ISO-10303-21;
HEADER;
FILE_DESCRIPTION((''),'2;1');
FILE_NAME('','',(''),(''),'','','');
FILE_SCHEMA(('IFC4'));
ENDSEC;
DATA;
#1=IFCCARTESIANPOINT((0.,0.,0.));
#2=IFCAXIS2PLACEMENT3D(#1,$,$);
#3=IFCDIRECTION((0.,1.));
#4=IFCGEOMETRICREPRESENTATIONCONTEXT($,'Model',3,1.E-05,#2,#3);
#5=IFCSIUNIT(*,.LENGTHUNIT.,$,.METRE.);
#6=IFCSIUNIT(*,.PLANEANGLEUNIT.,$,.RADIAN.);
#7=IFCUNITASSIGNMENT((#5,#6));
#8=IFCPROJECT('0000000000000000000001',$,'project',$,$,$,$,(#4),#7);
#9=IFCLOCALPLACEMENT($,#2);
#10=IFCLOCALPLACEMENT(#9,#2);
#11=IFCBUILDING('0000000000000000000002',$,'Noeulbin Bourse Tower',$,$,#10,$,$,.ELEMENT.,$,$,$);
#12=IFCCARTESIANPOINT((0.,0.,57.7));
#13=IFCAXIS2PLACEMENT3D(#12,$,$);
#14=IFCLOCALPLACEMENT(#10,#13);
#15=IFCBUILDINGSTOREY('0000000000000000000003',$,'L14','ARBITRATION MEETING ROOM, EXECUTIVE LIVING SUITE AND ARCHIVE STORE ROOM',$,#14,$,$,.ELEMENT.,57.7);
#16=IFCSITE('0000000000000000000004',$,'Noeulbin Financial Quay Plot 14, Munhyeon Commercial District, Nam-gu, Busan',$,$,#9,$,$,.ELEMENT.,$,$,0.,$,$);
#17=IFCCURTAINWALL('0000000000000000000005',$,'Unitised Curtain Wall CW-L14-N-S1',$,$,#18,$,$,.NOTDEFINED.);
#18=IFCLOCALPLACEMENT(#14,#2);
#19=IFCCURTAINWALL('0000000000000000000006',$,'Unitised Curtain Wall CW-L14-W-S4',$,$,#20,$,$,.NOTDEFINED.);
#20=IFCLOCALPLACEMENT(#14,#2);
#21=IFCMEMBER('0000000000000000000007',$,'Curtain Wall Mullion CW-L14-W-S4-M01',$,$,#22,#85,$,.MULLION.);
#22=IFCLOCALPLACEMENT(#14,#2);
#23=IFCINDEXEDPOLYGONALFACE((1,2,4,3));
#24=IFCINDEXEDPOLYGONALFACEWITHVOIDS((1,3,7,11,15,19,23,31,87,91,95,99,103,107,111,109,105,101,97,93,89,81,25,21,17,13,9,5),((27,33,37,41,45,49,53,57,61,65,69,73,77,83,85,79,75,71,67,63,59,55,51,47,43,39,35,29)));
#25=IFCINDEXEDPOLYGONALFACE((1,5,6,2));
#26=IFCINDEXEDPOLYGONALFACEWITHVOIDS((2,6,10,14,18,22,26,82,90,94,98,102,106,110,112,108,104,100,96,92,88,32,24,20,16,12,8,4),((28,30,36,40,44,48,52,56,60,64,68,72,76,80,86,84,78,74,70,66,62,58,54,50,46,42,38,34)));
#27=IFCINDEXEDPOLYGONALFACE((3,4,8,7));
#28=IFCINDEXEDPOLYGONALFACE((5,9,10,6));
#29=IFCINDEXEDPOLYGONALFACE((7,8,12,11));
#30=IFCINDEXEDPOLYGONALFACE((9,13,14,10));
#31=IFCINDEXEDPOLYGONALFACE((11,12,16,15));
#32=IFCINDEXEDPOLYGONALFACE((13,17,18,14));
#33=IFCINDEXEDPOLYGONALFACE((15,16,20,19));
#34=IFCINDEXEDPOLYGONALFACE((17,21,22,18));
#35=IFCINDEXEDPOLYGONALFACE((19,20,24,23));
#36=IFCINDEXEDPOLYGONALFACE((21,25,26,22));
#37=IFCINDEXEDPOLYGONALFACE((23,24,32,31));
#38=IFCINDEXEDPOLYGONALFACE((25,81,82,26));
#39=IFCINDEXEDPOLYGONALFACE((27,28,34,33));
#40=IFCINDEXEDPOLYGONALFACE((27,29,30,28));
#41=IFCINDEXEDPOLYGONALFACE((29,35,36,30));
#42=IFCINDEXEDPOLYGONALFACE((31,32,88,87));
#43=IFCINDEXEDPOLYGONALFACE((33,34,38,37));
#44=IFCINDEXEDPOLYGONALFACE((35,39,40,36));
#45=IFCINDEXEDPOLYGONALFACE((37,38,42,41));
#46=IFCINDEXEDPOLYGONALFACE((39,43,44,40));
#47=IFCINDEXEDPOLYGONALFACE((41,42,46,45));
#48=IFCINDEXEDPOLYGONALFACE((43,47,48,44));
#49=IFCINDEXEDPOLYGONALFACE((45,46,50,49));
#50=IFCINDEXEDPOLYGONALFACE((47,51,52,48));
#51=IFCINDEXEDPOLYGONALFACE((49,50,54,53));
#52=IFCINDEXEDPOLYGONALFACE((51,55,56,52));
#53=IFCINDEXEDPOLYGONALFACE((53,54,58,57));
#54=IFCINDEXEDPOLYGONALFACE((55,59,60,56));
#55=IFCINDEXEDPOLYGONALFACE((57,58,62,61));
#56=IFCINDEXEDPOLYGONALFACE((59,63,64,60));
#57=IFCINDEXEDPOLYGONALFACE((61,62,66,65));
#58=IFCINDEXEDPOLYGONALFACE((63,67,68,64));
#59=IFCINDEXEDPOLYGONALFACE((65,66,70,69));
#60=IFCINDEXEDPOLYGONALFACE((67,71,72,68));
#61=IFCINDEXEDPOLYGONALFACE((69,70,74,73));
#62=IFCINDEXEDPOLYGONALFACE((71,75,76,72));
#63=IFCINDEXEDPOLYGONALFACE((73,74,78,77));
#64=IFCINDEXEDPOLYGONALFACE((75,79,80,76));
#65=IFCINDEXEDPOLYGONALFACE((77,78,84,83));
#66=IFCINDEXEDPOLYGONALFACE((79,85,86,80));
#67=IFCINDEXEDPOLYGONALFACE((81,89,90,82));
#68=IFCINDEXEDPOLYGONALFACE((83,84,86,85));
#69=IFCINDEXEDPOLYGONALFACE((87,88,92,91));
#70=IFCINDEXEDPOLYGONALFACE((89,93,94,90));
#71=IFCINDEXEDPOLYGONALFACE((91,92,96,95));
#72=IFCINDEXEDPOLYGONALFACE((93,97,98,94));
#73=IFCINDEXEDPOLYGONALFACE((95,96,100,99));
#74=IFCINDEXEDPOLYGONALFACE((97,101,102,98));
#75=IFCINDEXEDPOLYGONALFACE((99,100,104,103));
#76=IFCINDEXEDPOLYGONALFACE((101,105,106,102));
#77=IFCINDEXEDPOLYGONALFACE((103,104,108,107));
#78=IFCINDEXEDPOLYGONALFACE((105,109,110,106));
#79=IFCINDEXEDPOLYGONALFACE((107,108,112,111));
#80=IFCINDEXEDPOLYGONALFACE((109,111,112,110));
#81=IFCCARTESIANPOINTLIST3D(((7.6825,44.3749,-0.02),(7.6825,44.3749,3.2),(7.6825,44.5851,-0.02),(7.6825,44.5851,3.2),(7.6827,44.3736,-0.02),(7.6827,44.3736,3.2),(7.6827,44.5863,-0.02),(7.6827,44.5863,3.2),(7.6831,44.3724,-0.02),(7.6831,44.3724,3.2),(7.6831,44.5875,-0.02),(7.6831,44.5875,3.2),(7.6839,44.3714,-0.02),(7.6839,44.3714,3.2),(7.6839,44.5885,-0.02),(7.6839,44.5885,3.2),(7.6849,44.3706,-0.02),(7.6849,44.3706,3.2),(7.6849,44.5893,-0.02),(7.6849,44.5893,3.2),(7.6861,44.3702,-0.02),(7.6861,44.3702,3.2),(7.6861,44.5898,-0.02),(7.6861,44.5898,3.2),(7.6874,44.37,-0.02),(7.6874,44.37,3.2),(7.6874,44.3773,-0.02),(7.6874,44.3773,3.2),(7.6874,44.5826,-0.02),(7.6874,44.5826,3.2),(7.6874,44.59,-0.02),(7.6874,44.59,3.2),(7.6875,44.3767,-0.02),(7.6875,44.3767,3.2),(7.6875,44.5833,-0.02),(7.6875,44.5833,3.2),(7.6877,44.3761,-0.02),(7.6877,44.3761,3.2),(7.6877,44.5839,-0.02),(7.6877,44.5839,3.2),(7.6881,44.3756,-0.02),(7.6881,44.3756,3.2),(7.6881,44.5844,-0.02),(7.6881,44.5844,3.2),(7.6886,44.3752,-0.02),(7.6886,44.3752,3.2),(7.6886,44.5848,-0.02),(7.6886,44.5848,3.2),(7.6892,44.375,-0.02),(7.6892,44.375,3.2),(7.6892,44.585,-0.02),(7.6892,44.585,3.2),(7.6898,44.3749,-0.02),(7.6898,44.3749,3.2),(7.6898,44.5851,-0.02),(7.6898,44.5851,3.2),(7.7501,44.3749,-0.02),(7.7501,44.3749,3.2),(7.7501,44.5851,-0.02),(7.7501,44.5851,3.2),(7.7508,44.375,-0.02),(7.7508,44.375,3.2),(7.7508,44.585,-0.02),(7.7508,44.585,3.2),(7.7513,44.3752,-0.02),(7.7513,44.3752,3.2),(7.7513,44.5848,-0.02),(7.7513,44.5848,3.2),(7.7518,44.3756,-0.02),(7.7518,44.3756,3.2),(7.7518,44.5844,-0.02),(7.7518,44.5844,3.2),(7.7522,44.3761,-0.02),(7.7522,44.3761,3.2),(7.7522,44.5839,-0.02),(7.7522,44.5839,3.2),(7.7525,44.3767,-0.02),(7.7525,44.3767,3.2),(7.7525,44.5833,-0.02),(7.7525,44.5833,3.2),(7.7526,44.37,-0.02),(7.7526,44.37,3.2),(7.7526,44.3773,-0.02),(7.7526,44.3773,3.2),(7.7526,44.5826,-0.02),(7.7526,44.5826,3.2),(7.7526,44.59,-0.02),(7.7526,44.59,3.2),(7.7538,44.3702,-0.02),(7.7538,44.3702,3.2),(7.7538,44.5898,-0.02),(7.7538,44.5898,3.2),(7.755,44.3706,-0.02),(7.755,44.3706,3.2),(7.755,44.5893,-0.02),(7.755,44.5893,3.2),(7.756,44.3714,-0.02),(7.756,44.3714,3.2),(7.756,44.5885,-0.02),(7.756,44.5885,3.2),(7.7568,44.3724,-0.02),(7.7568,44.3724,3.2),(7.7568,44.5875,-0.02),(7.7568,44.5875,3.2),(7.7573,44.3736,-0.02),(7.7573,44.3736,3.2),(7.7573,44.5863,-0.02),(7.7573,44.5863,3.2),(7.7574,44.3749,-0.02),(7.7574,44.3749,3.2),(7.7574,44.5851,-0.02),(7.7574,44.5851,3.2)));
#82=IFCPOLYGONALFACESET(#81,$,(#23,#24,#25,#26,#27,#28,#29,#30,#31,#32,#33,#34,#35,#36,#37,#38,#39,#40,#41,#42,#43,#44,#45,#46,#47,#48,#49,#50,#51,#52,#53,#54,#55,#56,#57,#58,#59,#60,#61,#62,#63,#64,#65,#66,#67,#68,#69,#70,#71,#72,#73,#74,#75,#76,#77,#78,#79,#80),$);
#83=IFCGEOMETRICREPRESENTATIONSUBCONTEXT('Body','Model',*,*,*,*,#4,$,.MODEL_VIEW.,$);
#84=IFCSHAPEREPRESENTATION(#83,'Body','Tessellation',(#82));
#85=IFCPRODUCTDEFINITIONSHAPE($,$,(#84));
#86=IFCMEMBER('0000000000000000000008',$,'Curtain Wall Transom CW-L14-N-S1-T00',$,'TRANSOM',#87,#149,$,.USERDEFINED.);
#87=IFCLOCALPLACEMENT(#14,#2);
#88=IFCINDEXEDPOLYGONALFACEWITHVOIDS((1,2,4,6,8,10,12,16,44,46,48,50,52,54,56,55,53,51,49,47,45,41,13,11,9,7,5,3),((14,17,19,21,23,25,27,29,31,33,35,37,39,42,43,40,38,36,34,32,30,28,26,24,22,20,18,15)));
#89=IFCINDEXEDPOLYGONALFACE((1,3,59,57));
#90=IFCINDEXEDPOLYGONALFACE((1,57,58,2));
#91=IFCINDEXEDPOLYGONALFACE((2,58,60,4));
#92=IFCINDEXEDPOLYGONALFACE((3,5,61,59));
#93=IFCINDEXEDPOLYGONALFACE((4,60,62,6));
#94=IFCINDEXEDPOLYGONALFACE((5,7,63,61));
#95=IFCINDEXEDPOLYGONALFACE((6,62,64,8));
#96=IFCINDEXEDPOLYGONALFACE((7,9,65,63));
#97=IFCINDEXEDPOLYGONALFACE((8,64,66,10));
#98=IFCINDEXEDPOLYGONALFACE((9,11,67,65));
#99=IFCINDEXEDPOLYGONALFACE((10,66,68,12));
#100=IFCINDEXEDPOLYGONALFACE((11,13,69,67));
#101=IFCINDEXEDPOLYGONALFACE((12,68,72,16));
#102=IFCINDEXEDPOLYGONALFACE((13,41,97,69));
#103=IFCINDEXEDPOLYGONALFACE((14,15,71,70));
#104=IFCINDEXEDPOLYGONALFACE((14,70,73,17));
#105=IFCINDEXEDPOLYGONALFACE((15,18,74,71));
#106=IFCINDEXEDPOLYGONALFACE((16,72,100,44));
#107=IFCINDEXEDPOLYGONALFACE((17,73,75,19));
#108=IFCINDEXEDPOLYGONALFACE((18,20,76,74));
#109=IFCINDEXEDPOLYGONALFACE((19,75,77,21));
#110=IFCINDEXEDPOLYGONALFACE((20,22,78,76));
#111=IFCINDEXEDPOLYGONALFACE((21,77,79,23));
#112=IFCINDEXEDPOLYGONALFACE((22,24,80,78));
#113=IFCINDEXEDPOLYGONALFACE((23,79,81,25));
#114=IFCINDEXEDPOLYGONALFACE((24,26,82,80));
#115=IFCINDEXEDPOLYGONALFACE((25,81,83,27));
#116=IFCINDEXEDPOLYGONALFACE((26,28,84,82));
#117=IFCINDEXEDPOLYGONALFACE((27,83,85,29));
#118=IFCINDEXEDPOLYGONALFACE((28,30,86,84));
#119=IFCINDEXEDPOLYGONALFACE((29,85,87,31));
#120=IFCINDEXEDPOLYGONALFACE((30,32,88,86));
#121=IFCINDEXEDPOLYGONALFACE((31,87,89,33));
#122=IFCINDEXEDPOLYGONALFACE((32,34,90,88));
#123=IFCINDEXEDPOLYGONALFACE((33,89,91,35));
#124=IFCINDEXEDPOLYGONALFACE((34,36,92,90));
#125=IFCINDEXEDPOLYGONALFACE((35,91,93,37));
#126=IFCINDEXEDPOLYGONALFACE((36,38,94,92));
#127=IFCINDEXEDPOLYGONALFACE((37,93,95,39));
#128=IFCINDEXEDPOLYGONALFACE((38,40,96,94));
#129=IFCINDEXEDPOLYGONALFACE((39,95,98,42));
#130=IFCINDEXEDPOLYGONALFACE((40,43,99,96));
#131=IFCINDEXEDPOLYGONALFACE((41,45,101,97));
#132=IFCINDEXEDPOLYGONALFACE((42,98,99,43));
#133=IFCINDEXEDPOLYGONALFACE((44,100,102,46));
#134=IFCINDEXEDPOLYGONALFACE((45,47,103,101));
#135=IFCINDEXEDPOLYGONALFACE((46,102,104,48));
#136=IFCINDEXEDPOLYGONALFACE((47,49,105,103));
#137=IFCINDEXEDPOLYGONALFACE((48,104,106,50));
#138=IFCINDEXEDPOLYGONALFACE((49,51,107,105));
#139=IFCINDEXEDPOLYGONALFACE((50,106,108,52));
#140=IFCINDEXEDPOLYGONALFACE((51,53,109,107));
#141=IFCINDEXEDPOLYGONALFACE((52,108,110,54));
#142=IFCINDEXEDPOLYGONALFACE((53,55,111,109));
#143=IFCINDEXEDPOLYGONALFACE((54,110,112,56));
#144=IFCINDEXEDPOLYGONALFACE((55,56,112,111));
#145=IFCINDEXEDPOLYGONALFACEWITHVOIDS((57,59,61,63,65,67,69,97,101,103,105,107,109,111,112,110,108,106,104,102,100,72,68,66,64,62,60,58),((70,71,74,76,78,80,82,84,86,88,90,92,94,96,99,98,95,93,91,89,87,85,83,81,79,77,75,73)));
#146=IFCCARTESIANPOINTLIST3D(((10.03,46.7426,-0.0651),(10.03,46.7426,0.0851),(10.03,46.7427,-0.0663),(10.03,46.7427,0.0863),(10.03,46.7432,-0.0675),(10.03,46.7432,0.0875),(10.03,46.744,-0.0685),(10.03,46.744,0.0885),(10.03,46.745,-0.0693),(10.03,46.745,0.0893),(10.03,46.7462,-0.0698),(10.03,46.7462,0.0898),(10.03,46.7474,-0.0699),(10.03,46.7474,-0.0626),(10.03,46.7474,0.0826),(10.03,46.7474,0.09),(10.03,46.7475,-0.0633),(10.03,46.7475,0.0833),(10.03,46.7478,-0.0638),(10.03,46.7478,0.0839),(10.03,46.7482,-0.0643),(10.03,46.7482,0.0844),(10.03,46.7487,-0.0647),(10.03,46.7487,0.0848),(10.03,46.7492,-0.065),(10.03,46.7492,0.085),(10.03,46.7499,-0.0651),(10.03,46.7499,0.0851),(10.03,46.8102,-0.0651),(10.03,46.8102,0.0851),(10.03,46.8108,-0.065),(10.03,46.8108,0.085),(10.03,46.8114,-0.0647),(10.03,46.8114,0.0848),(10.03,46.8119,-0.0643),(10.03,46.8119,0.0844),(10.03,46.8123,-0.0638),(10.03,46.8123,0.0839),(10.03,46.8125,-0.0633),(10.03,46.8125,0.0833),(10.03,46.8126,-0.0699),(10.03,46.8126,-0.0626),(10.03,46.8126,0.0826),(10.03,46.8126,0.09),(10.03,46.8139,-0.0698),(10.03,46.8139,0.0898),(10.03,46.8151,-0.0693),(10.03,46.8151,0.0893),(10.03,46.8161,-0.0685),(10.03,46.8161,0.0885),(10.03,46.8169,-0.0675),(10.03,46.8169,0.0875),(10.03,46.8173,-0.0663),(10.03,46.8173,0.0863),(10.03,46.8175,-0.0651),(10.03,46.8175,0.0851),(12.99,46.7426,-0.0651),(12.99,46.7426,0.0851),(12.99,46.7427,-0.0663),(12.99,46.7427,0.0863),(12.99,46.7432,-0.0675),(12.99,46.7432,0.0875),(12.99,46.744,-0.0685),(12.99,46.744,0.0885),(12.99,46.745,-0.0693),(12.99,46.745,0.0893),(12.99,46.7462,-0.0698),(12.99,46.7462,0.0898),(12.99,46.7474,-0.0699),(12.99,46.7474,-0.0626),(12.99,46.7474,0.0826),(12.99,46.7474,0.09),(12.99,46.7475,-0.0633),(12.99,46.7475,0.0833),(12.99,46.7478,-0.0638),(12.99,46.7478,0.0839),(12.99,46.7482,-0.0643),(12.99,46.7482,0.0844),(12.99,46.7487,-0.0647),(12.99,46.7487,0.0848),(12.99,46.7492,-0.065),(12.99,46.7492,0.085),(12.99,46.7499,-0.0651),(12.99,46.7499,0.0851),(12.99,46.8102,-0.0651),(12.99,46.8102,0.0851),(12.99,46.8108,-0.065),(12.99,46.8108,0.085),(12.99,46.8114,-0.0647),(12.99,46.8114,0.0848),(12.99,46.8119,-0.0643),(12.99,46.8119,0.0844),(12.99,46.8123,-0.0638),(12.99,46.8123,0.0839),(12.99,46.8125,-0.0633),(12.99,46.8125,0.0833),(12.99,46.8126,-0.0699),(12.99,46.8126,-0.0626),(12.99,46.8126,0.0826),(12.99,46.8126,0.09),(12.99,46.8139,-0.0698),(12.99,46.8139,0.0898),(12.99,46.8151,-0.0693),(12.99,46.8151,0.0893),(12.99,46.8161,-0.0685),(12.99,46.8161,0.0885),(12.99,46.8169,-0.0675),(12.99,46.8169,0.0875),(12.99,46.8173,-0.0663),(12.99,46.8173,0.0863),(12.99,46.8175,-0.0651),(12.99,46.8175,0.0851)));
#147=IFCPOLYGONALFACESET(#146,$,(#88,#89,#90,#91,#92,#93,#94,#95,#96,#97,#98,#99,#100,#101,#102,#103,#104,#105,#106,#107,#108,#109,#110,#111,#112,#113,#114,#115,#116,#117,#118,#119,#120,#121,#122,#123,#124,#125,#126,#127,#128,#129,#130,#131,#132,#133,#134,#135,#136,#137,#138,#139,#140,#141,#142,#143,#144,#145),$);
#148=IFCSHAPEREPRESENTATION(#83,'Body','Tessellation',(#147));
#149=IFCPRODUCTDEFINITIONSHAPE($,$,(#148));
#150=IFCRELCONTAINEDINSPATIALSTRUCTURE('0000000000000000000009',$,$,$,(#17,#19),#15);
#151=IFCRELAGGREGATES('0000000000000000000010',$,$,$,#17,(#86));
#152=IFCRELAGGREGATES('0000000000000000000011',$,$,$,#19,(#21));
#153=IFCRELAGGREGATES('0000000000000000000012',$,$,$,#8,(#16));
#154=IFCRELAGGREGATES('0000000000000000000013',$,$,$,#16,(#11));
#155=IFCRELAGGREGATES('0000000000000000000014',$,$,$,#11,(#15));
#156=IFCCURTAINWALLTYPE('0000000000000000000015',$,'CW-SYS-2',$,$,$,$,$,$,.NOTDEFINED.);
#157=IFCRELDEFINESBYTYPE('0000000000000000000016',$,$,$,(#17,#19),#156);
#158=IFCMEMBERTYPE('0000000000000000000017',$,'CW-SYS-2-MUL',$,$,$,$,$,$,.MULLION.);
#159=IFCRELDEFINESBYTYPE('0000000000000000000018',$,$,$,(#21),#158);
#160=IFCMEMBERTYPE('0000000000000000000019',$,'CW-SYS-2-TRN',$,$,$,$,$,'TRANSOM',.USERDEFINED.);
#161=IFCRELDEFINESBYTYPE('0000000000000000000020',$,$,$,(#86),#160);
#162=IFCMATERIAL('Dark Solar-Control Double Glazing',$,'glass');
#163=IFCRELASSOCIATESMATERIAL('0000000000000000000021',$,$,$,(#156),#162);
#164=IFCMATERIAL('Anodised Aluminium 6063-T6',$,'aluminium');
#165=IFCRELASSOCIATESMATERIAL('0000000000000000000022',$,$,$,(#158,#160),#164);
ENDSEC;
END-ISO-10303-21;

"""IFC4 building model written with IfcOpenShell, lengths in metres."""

from ifc_helpers import new_model, si_unit, direction, frame, origin, origin_2d, place, context, subcontext, project, spatial, hollow_rectangle, extrude, material, material_profile, profile_set, type_object, element, aggregate, save


model = new_model("IFC4")

# Units and contexts
model_context = context("Model", 3, precision=1e-05, world=origin(), true_north=direction((0.0, 1.0)))
body_context = subcontext(model_context, "Body", "Model", "MODEL_VIEW")
ifc_project = project(units=[si_unit("LENGTHUNIT", "METRE"), si_unit("PLANEANGLEUNIT", "RADIAN")], contexts=[model_context])

# Site, building, storey
site_placement = place(None, origin())
site = spatial("IfcSite", under=ifc_project, at=site_placement, Name="Noeulbin Financial Quay Plot 14, Munhyeon Commercial District, Nam-gu, Busan", CompositionType="ELEMENT", RefElevation=0.0)
building_placement = place(site_placement, origin())
building = spatial("IfcBuilding", under=site, at=building_placement, Name="Noeulbin Bourse Tower", CompositionType="ELEMENT")
storey_placement = place(building_placement, frame((0.0, 0.0, 57.7)))
storey = spatial("IfcBuildingStorey", under=building, at=storey_placement, Name="L14", Description="ARBITRATION MEETING ROOM, EXECUTIVE LIVING SUITE AND ARCHIVE STORE ROOM", CompositionType="ELEMENT", Elevation=57.7)

# Curtain wall
ifc_material_1 = material(Name="Dark Solar-Control Double Glazing", Category="glass")
curtain_wall_type = type_object("IfcCurtainWallType", Name="CW-SYS-2", PredefinedType="NOTDEFINED", material=ifc_material_1)
curtain_wall_1_placement = place(storey_placement, origin())
curtain_wall_1 = element("IfcCurtainWall", 1, at=curtain_wall_1_placement, inside=storey, type_object=curtain_wall_type, Name="Unitised Curtain Wall CW-L14-N-S1", PredefinedType="NOTDEFINED")
ifc_material_2 = material(Name="Anodised Aluminium 6063-T6", Category="aluminium")
ifc_material_profile_1 = material_profile(ifc_material_2, hollow_rectangle(XDim=0.075, YDim=0.22, WallThickness=0.0049, InnerFilletRadius=0.0024, OuterFilletRadius=0.0049, at=origin_2d()), Name="ALU-MULL-75x220x5", Category="LoadBearing")
ifc_profile_set_1 = profile_set([ifc_material_profile_1], Name="Anodised Aluminium 6063-T6")
member_type_1 = type_object("IfcMemberType", Name="CW-SYS-2-MUL", PredefinedType="MULLION", material=ifc_profile_set_1)

# Curtain wall, member
curtain_wall_2_placement = place(storey_placement, origin())
curtain_wall_2 = element("IfcCurtainWall", 2, at=curtain_wall_2_placement, inside=storey, type_object=curtain_wall_type, Name="Unitised Curtain Wall CW-L14-W-S4", PredefinedType="NOTDEFINED")
member_1_placement = place(storey_placement, frame((7.72, 44.48, -0.02), z_axis=(0.0, 0.0, 1.0), x_axis=(1.0, 0.0, 0.0)))
member_1 = element("IfcMember", 3, at=member_1_placement, type_object=member_type_1, Name="Curtain Wall Mullion CW-L14-W-S4-M01", PredefinedType="MULLION", context=body_context, shape_type="SweptSolid", body=[
    extrude(hollow_rectangle(XDim=0.075, YDim=0.22, WallThickness=0.0049, InnerFilletRadius=0.0024, OuterFilletRadius=0.0049, at=origin_2d()), origin(), (0.0, 0.0, 1.0), 3.22),
])

# Member
ifc_material_profile_2 = material_profile(ifc_material_2, hollow_rectangle(XDim=0.075, YDim=0.1599, WallThickness=0.0049, InnerFilletRadius=0.0024, OuterFilletRadius=0.0049, at=origin_2d()), Name="ALU-TRAN-75x160x5", Category="LoadBearing")
ifc_profile_set_2 = profile_set([ifc_material_profile_2], Name="Anodised Aluminium 6063-T6")
member_type_2 = type_object("IfcMemberType", Name="CW-SYS-2-TRN", ElementType="TRANSOM", PredefinedType="USERDEFINED", material=ifc_profile_set_2)
member_2_placement = place(storey_placement, frame((10.03, 46.78, 0.01), z_axis=(1.0, 0.0, 0.0), x_axis=(0.0, 1.0, 0.0)))
member_2 = element("IfcMember", 4, at=member_2_placement, type_object=member_type_2, Name="Curtain Wall Transom CW-L14-N-S1-T00", ObjectType="TRANSOM", PredefinedType="USERDEFINED", context=body_context, shape_type="SweptSolid", body=[
    extrude(hollow_rectangle(XDim=0.075, YDim=0.1599, WallThickness=0.0049, InnerFilletRadius=0.0024, OuterFilletRadius=0.0049, at=origin_2d()), origin(), (0.0, 0.0, 1.0), 2.96),
])

aggregate(curtain_wall_1, [member_2])
aggregate(curtain_wall_2, [member_1])

save(model, "model.ifc")
